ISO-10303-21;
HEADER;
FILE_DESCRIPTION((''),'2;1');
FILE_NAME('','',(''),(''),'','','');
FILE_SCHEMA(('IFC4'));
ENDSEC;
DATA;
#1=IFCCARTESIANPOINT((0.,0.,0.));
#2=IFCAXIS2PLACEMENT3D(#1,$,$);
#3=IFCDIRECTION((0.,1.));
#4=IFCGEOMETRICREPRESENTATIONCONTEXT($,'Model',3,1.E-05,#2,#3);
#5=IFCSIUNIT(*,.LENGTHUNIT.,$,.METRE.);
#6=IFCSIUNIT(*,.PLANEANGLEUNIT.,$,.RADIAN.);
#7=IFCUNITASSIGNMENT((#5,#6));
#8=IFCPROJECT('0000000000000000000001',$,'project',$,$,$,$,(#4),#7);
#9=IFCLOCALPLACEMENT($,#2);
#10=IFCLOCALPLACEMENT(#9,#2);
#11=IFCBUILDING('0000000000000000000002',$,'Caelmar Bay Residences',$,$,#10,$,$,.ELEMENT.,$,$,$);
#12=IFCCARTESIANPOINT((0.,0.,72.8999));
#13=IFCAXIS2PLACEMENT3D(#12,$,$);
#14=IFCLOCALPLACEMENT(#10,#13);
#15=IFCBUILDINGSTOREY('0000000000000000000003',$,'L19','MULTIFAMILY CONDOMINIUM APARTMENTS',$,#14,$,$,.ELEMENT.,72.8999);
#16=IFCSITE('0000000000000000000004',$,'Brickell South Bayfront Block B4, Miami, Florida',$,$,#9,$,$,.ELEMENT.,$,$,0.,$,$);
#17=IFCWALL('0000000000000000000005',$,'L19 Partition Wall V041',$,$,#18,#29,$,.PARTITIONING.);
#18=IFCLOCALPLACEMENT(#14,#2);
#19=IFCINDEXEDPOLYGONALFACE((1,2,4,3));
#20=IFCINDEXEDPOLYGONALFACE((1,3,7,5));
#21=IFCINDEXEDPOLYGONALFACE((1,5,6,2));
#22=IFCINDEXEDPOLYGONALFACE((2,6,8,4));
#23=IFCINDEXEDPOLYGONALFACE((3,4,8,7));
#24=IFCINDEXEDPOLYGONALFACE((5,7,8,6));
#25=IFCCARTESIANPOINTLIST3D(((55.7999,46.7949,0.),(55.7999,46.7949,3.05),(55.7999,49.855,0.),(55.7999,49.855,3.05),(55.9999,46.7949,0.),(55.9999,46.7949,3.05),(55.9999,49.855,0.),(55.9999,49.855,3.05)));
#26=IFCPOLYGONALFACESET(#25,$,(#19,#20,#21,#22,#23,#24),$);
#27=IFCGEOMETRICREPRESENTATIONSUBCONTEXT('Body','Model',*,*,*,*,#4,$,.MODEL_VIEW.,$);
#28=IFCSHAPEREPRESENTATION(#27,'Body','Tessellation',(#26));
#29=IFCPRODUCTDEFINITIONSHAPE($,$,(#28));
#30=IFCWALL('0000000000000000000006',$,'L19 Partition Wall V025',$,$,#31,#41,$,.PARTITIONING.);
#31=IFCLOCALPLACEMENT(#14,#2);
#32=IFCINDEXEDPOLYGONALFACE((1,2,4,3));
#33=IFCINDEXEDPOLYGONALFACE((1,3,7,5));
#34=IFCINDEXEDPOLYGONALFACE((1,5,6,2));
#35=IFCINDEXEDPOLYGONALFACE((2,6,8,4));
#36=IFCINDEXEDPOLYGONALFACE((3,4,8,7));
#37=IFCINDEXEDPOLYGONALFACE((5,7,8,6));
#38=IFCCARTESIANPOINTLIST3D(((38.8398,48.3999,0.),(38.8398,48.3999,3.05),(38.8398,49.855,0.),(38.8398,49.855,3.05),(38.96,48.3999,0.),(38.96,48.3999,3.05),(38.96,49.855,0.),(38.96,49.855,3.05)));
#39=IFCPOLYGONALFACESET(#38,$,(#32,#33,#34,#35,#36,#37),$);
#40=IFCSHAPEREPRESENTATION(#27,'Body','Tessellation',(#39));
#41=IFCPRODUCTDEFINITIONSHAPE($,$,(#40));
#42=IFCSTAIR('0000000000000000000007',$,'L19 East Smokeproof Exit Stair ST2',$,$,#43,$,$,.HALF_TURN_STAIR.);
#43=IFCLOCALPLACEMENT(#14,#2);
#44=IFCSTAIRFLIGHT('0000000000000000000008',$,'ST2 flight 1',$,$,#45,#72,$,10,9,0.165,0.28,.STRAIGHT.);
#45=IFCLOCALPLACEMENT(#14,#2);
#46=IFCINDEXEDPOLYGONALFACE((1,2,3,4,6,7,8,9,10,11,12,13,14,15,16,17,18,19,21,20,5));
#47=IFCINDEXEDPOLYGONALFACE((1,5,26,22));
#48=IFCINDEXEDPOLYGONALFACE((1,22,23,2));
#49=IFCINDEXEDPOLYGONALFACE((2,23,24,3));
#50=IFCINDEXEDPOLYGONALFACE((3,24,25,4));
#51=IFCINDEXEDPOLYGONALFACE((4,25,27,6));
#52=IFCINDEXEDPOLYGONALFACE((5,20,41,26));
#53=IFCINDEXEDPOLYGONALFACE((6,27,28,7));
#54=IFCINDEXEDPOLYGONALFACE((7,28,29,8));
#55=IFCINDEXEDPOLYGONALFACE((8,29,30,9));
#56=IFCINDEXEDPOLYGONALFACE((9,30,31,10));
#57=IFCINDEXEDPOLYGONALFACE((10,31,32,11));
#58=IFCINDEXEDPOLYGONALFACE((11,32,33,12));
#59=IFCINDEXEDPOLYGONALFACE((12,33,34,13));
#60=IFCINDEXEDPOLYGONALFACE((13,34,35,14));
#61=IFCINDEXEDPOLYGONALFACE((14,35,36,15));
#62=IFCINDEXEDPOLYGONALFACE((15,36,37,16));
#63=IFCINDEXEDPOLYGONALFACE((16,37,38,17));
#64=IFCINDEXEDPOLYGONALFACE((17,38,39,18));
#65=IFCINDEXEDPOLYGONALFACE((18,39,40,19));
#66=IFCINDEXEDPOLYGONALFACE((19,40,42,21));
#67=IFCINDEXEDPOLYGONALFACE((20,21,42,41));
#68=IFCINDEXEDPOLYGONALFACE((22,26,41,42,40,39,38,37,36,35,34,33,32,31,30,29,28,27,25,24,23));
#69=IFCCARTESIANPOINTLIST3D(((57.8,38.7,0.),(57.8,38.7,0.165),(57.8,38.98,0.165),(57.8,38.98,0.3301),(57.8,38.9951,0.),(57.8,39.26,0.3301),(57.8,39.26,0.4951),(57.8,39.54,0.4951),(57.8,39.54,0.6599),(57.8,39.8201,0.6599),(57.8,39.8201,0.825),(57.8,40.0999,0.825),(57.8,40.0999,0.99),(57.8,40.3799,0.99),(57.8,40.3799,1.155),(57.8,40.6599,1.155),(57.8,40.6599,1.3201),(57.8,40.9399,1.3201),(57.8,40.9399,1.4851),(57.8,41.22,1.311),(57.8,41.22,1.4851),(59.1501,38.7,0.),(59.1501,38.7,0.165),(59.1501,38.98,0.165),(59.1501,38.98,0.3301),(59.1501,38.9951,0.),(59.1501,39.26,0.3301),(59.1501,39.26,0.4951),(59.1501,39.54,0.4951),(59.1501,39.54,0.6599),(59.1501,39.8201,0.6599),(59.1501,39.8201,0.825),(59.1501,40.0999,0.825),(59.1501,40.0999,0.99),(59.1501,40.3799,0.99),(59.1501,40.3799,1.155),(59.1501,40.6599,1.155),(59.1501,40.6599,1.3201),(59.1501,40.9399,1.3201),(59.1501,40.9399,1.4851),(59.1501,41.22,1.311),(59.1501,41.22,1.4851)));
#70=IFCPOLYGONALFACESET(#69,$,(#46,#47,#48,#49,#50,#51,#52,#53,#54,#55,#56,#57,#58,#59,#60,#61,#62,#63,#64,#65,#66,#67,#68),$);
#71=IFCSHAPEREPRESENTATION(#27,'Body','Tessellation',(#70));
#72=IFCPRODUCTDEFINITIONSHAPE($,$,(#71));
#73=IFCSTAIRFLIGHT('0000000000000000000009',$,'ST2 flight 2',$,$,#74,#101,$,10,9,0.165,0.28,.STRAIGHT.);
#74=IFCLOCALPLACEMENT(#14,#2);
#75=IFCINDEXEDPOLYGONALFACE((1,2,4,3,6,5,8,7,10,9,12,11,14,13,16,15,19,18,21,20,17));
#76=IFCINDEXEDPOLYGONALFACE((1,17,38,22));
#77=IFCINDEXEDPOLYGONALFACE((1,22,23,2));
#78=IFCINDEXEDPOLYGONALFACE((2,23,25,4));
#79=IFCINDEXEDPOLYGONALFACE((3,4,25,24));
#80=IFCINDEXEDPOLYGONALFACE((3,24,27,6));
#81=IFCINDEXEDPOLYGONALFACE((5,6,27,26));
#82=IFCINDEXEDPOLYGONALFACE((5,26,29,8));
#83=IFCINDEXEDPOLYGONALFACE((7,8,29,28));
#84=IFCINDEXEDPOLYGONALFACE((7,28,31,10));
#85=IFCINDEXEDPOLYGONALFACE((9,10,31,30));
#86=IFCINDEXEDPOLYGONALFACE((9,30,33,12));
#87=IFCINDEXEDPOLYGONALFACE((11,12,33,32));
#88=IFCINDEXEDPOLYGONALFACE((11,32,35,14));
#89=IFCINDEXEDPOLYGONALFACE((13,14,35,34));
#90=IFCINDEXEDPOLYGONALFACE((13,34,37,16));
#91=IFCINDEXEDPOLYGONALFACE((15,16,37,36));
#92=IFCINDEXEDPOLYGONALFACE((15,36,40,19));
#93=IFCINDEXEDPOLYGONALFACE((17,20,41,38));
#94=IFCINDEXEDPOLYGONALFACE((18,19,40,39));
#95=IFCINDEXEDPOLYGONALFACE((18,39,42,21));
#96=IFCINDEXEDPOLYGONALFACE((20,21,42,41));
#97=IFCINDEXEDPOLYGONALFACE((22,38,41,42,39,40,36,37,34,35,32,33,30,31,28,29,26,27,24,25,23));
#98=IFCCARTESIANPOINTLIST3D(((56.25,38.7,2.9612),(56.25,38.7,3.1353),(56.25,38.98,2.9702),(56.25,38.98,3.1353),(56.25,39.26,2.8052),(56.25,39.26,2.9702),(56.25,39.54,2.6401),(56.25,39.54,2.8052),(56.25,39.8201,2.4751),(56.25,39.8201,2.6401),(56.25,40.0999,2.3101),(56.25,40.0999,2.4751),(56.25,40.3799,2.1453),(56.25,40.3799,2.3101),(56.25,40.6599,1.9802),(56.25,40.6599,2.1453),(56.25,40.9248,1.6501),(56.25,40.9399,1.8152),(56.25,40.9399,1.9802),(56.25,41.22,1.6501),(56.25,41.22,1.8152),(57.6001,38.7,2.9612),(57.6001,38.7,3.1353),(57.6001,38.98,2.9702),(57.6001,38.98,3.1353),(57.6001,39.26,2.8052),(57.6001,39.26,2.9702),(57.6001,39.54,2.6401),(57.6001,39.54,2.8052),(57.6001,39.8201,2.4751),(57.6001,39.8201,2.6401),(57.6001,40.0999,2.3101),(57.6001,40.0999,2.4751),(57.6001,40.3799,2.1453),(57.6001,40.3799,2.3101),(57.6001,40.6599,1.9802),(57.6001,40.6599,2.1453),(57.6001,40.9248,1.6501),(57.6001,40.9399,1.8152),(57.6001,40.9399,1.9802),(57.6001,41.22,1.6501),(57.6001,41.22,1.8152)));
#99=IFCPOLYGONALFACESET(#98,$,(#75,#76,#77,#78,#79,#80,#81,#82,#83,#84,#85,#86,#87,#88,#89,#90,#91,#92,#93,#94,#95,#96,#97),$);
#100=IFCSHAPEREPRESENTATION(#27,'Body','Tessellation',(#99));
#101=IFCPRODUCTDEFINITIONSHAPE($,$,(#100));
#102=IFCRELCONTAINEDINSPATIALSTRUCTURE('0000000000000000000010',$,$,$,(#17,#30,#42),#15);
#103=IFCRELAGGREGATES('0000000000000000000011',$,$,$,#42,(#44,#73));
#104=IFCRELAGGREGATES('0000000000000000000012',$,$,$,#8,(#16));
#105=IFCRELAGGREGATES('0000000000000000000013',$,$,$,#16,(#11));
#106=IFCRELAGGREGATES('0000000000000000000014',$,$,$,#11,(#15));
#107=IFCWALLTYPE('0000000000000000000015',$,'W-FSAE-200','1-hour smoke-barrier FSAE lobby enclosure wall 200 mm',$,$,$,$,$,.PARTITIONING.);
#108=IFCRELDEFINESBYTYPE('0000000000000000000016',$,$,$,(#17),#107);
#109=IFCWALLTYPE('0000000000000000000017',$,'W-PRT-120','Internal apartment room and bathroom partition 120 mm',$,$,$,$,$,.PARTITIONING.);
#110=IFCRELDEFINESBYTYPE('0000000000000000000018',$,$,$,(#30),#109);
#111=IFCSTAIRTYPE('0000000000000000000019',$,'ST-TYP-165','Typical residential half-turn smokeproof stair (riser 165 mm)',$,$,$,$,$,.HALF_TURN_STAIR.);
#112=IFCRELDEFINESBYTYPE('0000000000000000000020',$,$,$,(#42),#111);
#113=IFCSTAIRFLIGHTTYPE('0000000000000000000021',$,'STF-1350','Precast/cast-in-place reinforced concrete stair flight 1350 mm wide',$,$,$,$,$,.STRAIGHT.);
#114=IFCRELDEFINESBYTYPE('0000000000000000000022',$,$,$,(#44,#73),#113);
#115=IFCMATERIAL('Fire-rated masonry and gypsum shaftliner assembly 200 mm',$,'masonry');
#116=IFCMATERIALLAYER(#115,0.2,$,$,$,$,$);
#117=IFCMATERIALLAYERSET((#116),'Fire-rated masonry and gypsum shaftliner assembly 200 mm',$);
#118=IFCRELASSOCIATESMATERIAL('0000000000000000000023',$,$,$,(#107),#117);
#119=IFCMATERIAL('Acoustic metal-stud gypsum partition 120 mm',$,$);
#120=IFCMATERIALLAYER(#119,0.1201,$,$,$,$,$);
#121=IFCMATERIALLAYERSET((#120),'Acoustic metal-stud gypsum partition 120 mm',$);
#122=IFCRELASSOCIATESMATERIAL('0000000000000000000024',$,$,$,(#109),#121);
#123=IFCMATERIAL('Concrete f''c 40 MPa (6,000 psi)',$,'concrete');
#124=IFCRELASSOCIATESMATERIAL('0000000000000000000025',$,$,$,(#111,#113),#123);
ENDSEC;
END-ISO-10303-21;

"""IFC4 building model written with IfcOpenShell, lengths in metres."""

from ifc_helpers import new_model, si_unit, direction, frame, frame_2d, origin, place, context, subcontext, project, spatial, polyline, rectangle, outline, extrude, material, layer, layer_set, type_object, element, aggregate, save


model = new_model("IFC4")

# Units and contexts
model_context = context("Model", 3, precision=1e-05, world=origin(), true_north=direction((0.0, 1.0)))
body_context = subcontext(model_context, "Body", "Model", "MODEL_VIEW")
ifc_project = project(units=[si_unit("LENGTHUNIT", "METRE"), si_unit("PLANEANGLEUNIT", "RADIAN")], contexts=[model_context])

# Site, building, storey
site_placement = place(None, origin())
site = spatial("IfcSite", under=ifc_project, at=site_placement, Name="Brickell South Bayfront Block B4, Miami, Florida", CompositionType="ELEMENT", RefElevation=0.0)
building_placement = place(site_placement, origin())
building = spatial("IfcBuilding", under=site, at=building_placement, Name="Caelmar Bay Residences", CompositionType="ELEMENT")
storey_placement = place(building_placement, frame((0.0, 0.0, 72.8999)))
storey = spatial("IfcBuildingStorey", under=building, at=storey_placement, Name="L19", Description="MULTIFAMILY CONDOMINIUM APARTMENTS", CompositionType="ELEMENT", Elevation=72.8999)

# Walls
ifc_material_1 = material(Name="Fire-rated masonry and gypsum shaftliner assembly 200 mm", Category="masonry")
ifc_layer_1 = layer(ifc_material_1, 0.2)
ifc_layer_set_1 = layer_set([ifc_layer_1], Name="Fire-rated masonry and gypsum shaftliner assembly 200 mm")
wall_type_1 = type_object("IfcWallType", Name="W-FSAE-200", Description="1-hour smoke-barrier FSAE lobby enclosure wall 200 mm", PredefinedType="PARTITIONING", material=ifc_layer_set_1)
wall_1_placement = place(storey_placement, frame((55.8999, 46.7949, 0.0), z_axis=(0.0, 0.0, 1.0), x_axis=(0.0, 1.0, 0.0)))
element("IfcWall", 1, at=wall_1_placement, inside=storey, type_object=wall_type_1, Name="L19 Partition Wall V041", PredefinedType="PARTITIONING", context=body_context, shape_type="SweptSolid", body=[
    extrude(rectangle(XDim=3.0601, YDim=0.2, at=frame_2d((1.53, 0.0))), origin(), (0.0, 0.0, 1.0), 3.05),
])
ifc_material_2 = material(Name="Acoustic metal-stud gypsum partition 120 mm")
ifc_layer_2 = layer(ifc_material_2, 0.1201)
ifc_layer_set_2 = layer_set([ifc_layer_2], Name="Acoustic metal-stud gypsum partition 120 mm")
wall_type_2 = type_object("IfcWallType", Name="W-PRT-120", Description="Internal apartment room and bathroom partition 120 mm", PredefinedType="PARTITIONING", material=ifc_layer_set_2)
wall_2_placement = place(storey_placement, frame((38.8999, 48.3999, 0.0), z_axis=(0.0, 0.0, 1.0), x_axis=(0.0, 1.0, 0.0)))
element("IfcWall", 2, at=wall_2_placement, inside=storey, type_object=wall_type_2, Name="L19 Partition Wall V025", PredefinedType="PARTITIONING", context=body_context, shape_type="SweptSolid", body=[
    extrude(rectangle(XDim=1.4551, YDim=0.1201, at=frame_2d((0.7275, 0.0))), origin(), (0.0, 0.0, 1.0), 3.05),
])

# Stair, stair flights
ifc_material_3 = material(Name="Concrete f'c 40 MPa (6,000 psi)", Category="concrete")
stair_type = type_object("IfcStairType", Name="ST-TYP-165", Description="Typical residential half-turn smokeproof stair (riser 165 mm)", PredefinedType="HALF_TURN_STAIR", material=ifc_material_3)
stair_placement = place(storey_placement, origin())
stair = element("IfcStair", 3, at=stair_placement, inside=storey, type_object=stair_type, Name="L19 East Smokeproof Exit Stair ST2", PredefinedType="HALF_TURN_STAIR")
stair_flight_type = type_object("IfcStairFlightType", Name="STF-1350", Description="Precast/cast-in-place reinforced concrete stair flight 1350 mm wide", PredefinedType="STRAIGHT", material=ifc_material_3)
stair_flight_1_placement = place(storey_placement, frame((58.4751, 38.7, 0.0), z_axis=(0.0, 0.0, 1.0), x_axis=(0.0, 1.0, 0.0)))
stair_flight_1 = element("IfcStairFlight", 4, at=stair_flight_1_placement, type_object=stair_flight_type, Name="ST2 flight 1", NumberOfRisers=10, NumberOfTreads=9, PredefinedType="STRAIGHT", RiserHeight=0.165, TreadLength=0.28, context=body_context, shape_type="SweptSolid", body=[
    extrude(outline(polyline([(0.0, 0.0), (0.0, 0.165), (0.28, 0.165), (0.28, 0.3301), (0.5601, 0.3301), (0.5601, 0.4951), (0.8401, 0.4951), (0.8401, 0.6599), (1.1201, 0.6599), (1.1201, 0.825), (1.3999, 0.825), (1.3999, 0.99), (1.6799, 0.99), (1.6799, 1.155), (1.96, 1.155), (1.96, 1.3201), (2.24, 1.3201), (2.24, 1.4851), (2.52, 1.4851), (2.52, 1.6499), (2.52, 1.311), (0.2952, 0.0), (0.0, 0.0)])), frame((0.0, 0.675, 0.0), z_axis=(0.0, -1.0, 0.0), x_axis=(1.0, 0.0, 0.0)), (0.0, 0.0, 1.0), 1.3501),
])
stair_flight_2_placement = place(storey_placement, frame((56.925, 41.22, 1.6501), z_axis=(0.0, 0.0, 1.0), x_axis=(0.0, -1.0, 0.0)))
stair_flight_2 = element("IfcStairFlight", 5, at=stair_flight_2_placement, type_object=stair_flight_type, Name="ST2 flight 2", NumberOfRisers=10, NumberOfTreads=9, PredefinedType="STRAIGHT", RiserHeight=0.165, TreadLength=0.28, context=body_context, shape_type="SweptSolid", body=[
    extrude(outline(polyline([(0.0, 0.0), (0.0, 0.165), (0.28, 0.165), (0.28, 0.3301), (0.5601, 0.3301), (0.5601, 0.4951), (0.8401, 0.4951), (0.8401, 0.6599), (1.1201, 0.6599), (1.1201, 0.825), (1.3999, 0.825), (1.3999, 0.99), (1.6799, 0.99), (1.6799, 1.155), (1.96, 1.155), (1.96, 1.3201), (2.24, 1.3201), (2.24, 1.4851), (2.52, 1.4851), (2.52, 1.6499), (2.52, 1.311), (0.2952, 0.0), (0.0, 0.0)])), frame((0.0, 0.675, 0.0), z_axis=(0.0, -1.0, 0.0), x_axis=(1.0, 0.0, 0.0)), (0.0, 0.0, 1.0), 1.3501),
])
aggregate(stair, [stair_flight_1, stair_flight_2])

save(model, "model.ifc")
